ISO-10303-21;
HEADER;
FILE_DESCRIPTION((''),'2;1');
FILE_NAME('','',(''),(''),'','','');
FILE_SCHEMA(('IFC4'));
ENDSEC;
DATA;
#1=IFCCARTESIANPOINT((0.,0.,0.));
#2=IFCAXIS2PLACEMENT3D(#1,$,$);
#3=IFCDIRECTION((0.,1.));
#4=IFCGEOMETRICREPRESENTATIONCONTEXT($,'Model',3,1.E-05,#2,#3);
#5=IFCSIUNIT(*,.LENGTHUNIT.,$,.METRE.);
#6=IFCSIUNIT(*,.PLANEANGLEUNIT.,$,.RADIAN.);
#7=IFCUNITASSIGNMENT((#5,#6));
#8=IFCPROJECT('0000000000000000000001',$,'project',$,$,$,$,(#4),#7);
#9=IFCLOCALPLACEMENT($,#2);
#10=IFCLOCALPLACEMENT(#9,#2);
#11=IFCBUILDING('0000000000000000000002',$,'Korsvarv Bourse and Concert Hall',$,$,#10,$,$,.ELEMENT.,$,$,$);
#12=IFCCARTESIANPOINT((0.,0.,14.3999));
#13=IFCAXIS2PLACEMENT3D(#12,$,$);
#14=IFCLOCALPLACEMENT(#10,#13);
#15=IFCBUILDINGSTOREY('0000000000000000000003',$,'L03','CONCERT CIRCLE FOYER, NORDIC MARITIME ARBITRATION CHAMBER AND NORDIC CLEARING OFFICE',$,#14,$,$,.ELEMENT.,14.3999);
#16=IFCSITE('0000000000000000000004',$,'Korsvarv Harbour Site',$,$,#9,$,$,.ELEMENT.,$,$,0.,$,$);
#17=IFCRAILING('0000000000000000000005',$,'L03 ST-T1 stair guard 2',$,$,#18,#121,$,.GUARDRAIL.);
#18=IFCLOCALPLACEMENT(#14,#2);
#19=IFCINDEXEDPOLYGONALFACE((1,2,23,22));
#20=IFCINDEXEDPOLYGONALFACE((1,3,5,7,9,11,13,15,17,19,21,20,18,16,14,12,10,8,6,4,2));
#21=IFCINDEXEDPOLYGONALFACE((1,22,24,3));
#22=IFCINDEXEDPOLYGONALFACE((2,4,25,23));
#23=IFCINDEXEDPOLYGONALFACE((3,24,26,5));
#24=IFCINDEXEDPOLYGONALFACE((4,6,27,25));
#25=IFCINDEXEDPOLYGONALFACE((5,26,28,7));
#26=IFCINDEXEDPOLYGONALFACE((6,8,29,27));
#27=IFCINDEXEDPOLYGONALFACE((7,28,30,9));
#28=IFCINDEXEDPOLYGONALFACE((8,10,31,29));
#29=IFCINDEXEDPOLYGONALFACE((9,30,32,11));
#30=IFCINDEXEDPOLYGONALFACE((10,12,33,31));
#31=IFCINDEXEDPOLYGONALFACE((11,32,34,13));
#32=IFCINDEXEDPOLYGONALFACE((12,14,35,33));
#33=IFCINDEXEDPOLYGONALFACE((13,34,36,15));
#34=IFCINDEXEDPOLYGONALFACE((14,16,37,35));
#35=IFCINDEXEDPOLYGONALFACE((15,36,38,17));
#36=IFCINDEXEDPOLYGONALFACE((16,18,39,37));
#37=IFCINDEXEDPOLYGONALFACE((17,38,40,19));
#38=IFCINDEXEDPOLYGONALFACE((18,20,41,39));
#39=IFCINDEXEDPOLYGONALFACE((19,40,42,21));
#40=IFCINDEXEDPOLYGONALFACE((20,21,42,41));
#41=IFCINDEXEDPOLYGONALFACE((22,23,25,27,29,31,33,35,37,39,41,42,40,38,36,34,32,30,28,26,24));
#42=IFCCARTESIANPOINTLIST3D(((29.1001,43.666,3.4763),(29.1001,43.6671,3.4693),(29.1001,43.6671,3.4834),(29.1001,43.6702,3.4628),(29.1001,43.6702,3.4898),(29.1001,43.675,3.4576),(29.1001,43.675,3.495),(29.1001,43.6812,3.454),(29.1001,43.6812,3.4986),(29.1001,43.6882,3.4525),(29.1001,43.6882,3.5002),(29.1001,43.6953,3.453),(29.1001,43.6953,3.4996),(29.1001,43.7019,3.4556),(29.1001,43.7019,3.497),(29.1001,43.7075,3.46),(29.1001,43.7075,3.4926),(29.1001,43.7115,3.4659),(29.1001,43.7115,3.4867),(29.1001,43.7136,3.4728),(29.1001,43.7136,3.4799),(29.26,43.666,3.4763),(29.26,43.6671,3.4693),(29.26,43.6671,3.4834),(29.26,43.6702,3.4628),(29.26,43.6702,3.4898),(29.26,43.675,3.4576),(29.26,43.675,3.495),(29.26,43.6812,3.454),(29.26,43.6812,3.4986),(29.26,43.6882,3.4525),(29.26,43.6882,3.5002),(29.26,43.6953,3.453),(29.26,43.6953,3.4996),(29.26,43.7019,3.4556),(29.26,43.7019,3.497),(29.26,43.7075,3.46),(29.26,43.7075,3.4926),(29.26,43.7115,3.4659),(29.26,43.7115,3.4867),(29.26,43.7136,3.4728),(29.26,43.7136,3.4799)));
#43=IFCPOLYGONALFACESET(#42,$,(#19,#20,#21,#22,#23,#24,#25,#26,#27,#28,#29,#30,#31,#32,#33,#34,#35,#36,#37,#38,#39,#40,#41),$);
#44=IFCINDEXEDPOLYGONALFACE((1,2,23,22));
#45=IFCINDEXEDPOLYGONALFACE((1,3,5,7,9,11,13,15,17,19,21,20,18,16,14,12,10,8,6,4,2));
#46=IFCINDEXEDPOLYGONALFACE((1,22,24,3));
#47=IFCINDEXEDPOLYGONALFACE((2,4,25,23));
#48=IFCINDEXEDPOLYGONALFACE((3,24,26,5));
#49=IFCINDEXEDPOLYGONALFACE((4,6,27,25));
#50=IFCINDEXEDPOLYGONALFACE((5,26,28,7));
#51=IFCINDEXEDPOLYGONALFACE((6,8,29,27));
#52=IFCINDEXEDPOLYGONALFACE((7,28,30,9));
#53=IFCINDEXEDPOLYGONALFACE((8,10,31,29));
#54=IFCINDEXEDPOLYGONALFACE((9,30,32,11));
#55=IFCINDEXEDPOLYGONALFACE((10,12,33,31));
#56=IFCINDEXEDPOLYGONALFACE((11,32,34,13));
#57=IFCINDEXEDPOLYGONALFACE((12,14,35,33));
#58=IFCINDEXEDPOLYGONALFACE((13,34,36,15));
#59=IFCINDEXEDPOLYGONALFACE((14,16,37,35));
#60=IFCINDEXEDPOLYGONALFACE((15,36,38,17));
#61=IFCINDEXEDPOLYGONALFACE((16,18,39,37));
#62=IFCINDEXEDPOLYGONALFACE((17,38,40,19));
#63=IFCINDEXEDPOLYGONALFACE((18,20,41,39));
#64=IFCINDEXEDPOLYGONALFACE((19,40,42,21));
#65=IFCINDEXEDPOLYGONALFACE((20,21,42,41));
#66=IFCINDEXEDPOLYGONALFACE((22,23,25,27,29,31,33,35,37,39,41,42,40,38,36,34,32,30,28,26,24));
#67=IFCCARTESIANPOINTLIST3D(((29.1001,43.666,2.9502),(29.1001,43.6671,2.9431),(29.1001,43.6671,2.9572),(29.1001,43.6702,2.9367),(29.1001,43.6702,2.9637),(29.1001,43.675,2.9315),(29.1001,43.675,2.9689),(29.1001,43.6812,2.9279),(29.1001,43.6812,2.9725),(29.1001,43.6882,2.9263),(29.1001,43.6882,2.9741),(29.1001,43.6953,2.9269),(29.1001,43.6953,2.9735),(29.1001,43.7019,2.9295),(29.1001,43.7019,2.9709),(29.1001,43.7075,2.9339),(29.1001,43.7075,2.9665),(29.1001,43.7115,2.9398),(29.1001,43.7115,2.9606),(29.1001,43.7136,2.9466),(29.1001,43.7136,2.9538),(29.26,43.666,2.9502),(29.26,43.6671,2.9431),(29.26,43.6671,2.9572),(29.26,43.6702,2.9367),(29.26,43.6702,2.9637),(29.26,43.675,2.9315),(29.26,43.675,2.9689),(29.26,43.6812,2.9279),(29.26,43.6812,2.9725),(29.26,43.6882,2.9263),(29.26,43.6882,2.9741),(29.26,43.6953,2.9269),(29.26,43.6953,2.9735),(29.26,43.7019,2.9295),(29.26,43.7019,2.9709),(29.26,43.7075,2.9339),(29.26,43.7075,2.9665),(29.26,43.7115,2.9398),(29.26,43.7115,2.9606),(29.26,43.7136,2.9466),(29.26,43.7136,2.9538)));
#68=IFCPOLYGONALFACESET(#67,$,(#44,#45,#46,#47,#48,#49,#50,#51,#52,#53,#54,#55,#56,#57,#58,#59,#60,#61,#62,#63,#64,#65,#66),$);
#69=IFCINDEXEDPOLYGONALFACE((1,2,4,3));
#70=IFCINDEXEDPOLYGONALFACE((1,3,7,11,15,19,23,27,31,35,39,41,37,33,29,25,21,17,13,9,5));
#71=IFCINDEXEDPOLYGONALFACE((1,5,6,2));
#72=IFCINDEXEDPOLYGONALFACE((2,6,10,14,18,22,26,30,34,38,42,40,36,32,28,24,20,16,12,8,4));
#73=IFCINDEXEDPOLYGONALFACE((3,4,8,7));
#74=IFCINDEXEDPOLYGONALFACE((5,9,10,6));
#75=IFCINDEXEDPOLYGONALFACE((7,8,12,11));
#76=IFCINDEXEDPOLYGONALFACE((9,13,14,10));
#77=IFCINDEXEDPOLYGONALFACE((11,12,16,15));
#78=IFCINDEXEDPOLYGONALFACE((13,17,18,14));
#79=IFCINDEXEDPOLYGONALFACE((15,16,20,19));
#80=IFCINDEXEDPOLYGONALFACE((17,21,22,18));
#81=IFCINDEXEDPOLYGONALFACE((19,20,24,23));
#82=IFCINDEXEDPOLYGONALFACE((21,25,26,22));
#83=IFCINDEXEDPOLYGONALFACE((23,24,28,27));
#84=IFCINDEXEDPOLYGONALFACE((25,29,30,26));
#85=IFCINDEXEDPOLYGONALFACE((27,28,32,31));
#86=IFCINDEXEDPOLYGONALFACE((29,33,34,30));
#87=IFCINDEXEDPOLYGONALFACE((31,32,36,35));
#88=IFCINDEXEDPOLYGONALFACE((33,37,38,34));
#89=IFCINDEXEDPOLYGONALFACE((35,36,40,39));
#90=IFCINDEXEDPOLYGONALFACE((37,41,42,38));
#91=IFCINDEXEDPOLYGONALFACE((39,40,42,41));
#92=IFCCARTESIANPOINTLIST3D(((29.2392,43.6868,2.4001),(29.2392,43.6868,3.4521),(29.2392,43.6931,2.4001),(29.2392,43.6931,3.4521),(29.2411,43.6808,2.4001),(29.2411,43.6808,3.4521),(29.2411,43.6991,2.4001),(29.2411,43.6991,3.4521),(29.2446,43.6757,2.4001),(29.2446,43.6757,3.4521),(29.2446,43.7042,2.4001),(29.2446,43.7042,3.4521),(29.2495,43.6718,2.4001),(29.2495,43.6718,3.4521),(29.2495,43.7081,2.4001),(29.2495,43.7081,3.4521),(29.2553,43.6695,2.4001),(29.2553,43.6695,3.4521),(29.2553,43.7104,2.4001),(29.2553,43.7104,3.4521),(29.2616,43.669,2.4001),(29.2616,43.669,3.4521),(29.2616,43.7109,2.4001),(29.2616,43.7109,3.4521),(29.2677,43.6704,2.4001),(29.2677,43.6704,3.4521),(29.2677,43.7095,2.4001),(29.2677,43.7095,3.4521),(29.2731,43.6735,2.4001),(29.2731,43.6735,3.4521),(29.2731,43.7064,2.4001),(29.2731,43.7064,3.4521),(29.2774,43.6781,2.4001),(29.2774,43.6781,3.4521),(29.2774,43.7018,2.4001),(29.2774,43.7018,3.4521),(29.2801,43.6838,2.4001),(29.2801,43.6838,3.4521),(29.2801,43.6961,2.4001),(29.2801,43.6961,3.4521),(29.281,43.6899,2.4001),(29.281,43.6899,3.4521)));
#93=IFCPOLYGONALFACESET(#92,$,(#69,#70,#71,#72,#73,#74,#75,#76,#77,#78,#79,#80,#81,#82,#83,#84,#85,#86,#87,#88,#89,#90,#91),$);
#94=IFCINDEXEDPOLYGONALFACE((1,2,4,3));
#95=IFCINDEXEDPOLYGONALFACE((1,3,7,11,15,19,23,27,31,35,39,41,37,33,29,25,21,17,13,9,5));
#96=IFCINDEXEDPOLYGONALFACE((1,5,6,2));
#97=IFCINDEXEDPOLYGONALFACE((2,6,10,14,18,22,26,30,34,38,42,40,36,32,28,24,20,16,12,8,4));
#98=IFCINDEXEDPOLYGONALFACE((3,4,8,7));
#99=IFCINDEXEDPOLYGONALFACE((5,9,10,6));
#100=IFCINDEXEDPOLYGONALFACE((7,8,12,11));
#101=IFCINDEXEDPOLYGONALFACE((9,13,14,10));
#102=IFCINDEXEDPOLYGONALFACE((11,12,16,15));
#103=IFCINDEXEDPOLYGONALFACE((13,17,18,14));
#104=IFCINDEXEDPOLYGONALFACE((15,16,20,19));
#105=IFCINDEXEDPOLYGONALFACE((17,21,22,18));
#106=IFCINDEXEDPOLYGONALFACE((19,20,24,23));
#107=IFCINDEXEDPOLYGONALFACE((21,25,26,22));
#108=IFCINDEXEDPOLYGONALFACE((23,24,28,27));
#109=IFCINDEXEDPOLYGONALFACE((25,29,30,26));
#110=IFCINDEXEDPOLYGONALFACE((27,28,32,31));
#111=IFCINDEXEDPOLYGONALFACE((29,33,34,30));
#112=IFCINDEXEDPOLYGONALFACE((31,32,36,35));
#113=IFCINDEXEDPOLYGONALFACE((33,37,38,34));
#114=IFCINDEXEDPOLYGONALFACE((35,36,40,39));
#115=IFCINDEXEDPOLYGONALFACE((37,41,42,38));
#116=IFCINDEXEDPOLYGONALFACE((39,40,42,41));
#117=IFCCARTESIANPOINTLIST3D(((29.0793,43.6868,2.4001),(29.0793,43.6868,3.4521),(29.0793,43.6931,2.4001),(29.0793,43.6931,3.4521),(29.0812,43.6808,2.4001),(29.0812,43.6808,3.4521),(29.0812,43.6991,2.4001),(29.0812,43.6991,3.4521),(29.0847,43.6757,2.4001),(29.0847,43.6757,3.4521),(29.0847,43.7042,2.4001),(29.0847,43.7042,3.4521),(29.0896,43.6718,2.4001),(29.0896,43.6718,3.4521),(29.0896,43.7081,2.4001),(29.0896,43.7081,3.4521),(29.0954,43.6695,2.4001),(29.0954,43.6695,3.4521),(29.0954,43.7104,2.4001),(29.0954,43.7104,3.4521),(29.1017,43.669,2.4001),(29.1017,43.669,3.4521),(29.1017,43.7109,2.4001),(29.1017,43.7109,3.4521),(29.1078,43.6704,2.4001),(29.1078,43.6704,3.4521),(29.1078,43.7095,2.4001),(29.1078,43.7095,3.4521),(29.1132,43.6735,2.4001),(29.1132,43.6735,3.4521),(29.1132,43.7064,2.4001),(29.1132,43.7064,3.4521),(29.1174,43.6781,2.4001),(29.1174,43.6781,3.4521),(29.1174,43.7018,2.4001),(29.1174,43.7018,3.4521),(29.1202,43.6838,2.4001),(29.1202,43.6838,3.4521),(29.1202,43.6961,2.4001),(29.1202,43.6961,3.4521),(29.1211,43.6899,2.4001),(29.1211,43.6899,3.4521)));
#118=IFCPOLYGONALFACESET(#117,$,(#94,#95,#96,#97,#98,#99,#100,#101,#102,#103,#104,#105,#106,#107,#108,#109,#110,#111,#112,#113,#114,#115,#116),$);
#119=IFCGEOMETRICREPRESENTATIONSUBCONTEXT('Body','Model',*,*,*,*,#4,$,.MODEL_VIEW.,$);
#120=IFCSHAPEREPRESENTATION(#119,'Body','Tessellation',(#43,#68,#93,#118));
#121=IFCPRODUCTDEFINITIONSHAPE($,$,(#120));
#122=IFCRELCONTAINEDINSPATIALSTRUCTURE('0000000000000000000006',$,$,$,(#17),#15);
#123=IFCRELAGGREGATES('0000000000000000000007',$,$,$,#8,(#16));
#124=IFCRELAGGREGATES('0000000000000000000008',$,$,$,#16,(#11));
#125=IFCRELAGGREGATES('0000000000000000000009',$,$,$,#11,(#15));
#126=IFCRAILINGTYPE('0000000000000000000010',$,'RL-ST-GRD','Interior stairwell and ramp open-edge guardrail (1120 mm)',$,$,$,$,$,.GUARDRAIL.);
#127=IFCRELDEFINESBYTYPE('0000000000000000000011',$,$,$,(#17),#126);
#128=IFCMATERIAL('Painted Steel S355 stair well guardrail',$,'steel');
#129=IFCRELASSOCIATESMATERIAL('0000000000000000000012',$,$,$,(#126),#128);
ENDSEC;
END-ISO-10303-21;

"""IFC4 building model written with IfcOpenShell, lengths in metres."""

from ifc_helpers import new_model, si_unit, direction, frame, origin, origin_2d, place, context, subcontext, project, spatial, circle, extrude, material, type_object, element, save


model = new_model("IFC4")

# Units and contexts
model_context = context("Model", 3, precision=1e-05, world=origin(), true_north=direction((0.0, 1.0)))
body_context = subcontext(model_context, "Body", "Model", "MODEL_VIEW")
ifc_project = project(units=[si_unit("LENGTHUNIT", "METRE"), si_unit("PLANEANGLEUNIT", "RADIAN")], contexts=[model_context])

# Site, building, storey
site_placement = place(None, origin())
site = spatial("IfcSite", under=ifc_project, at=site_placement, Name="Korsvarv Harbour Site", CompositionType="ELEMENT", RefElevation=0.0)
building_placement = place(site_placement, origin())
building = spatial("IfcBuilding", under=site, at=building_placement, Name="Korsvarv Bourse and Concert Hall", CompositionType="ELEMENT")
storey_placement = place(building_placement, frame((0.0, 0.0, 14.3999)))
storey = spatial("IfcBuildingStorey", under=building, at=storey_placement, Name="L03", Description="CONCERT CIRCLE FOYER, NORDIC MARITIME ARBITRATION CHAMBER AND NORDIC CLEARING OFFICE", CompositionType="ELEMENT", Elevation=14.3999)

# Railing
ifc_material_1 = material(Name="Painted Steel S355 stair well guardrail", Category="steel")
railing_type_1 = type_object("IfcRailingType", Name="RL-ST-GRD", Description="Interior stairwell and ramp open-edge guardrail (1120 mm)", PredefinedType="GUARDRAIL", material=ifc_material_1)
railing_1_placement = place(storey_placement, frame((29.26, 43.6899, 2.4001)))
element("IfcRailing", 1, at=railing_1_placement, inside=storey, type_object=railing_type_1, Name="L03 ST-T1 stair guard 2", PredefinedType="GUARDRAIL", context=body_context, shape_type="SweptSolid", body=[
    extrude(circle(Radius=0.0239, at=origin_2d()), frame((0.0, 0.0, 1.0762), z_axis=(-1.0, 0.0, 0.0), x_axis=(0.0, -1.0, 0.0)), (0.0, 0.0, 1.0), 0.1599),
    extrude(circle(Radius=0.0239, at=origin_2d()), frame((0.0, 0.0, 0.55), z_axis=(-1.0, 0.0, 0.0), x_axis=(0.0, -1.0, 0.0)), (0.0, 0.0, 1.0), 0.1599),
    extrude(circle(Radius=0.021, at=origin_2d()), origin(), (0.0, 0.0, 1.0), 1.052),
    extrude(circle(Radius=0.021, at=origin_2d()), frame((-0.1599, 0.0, 0.0)), (0.0, 0.0, 1.0), 1.052),
])

save(model, "model.ifc")
